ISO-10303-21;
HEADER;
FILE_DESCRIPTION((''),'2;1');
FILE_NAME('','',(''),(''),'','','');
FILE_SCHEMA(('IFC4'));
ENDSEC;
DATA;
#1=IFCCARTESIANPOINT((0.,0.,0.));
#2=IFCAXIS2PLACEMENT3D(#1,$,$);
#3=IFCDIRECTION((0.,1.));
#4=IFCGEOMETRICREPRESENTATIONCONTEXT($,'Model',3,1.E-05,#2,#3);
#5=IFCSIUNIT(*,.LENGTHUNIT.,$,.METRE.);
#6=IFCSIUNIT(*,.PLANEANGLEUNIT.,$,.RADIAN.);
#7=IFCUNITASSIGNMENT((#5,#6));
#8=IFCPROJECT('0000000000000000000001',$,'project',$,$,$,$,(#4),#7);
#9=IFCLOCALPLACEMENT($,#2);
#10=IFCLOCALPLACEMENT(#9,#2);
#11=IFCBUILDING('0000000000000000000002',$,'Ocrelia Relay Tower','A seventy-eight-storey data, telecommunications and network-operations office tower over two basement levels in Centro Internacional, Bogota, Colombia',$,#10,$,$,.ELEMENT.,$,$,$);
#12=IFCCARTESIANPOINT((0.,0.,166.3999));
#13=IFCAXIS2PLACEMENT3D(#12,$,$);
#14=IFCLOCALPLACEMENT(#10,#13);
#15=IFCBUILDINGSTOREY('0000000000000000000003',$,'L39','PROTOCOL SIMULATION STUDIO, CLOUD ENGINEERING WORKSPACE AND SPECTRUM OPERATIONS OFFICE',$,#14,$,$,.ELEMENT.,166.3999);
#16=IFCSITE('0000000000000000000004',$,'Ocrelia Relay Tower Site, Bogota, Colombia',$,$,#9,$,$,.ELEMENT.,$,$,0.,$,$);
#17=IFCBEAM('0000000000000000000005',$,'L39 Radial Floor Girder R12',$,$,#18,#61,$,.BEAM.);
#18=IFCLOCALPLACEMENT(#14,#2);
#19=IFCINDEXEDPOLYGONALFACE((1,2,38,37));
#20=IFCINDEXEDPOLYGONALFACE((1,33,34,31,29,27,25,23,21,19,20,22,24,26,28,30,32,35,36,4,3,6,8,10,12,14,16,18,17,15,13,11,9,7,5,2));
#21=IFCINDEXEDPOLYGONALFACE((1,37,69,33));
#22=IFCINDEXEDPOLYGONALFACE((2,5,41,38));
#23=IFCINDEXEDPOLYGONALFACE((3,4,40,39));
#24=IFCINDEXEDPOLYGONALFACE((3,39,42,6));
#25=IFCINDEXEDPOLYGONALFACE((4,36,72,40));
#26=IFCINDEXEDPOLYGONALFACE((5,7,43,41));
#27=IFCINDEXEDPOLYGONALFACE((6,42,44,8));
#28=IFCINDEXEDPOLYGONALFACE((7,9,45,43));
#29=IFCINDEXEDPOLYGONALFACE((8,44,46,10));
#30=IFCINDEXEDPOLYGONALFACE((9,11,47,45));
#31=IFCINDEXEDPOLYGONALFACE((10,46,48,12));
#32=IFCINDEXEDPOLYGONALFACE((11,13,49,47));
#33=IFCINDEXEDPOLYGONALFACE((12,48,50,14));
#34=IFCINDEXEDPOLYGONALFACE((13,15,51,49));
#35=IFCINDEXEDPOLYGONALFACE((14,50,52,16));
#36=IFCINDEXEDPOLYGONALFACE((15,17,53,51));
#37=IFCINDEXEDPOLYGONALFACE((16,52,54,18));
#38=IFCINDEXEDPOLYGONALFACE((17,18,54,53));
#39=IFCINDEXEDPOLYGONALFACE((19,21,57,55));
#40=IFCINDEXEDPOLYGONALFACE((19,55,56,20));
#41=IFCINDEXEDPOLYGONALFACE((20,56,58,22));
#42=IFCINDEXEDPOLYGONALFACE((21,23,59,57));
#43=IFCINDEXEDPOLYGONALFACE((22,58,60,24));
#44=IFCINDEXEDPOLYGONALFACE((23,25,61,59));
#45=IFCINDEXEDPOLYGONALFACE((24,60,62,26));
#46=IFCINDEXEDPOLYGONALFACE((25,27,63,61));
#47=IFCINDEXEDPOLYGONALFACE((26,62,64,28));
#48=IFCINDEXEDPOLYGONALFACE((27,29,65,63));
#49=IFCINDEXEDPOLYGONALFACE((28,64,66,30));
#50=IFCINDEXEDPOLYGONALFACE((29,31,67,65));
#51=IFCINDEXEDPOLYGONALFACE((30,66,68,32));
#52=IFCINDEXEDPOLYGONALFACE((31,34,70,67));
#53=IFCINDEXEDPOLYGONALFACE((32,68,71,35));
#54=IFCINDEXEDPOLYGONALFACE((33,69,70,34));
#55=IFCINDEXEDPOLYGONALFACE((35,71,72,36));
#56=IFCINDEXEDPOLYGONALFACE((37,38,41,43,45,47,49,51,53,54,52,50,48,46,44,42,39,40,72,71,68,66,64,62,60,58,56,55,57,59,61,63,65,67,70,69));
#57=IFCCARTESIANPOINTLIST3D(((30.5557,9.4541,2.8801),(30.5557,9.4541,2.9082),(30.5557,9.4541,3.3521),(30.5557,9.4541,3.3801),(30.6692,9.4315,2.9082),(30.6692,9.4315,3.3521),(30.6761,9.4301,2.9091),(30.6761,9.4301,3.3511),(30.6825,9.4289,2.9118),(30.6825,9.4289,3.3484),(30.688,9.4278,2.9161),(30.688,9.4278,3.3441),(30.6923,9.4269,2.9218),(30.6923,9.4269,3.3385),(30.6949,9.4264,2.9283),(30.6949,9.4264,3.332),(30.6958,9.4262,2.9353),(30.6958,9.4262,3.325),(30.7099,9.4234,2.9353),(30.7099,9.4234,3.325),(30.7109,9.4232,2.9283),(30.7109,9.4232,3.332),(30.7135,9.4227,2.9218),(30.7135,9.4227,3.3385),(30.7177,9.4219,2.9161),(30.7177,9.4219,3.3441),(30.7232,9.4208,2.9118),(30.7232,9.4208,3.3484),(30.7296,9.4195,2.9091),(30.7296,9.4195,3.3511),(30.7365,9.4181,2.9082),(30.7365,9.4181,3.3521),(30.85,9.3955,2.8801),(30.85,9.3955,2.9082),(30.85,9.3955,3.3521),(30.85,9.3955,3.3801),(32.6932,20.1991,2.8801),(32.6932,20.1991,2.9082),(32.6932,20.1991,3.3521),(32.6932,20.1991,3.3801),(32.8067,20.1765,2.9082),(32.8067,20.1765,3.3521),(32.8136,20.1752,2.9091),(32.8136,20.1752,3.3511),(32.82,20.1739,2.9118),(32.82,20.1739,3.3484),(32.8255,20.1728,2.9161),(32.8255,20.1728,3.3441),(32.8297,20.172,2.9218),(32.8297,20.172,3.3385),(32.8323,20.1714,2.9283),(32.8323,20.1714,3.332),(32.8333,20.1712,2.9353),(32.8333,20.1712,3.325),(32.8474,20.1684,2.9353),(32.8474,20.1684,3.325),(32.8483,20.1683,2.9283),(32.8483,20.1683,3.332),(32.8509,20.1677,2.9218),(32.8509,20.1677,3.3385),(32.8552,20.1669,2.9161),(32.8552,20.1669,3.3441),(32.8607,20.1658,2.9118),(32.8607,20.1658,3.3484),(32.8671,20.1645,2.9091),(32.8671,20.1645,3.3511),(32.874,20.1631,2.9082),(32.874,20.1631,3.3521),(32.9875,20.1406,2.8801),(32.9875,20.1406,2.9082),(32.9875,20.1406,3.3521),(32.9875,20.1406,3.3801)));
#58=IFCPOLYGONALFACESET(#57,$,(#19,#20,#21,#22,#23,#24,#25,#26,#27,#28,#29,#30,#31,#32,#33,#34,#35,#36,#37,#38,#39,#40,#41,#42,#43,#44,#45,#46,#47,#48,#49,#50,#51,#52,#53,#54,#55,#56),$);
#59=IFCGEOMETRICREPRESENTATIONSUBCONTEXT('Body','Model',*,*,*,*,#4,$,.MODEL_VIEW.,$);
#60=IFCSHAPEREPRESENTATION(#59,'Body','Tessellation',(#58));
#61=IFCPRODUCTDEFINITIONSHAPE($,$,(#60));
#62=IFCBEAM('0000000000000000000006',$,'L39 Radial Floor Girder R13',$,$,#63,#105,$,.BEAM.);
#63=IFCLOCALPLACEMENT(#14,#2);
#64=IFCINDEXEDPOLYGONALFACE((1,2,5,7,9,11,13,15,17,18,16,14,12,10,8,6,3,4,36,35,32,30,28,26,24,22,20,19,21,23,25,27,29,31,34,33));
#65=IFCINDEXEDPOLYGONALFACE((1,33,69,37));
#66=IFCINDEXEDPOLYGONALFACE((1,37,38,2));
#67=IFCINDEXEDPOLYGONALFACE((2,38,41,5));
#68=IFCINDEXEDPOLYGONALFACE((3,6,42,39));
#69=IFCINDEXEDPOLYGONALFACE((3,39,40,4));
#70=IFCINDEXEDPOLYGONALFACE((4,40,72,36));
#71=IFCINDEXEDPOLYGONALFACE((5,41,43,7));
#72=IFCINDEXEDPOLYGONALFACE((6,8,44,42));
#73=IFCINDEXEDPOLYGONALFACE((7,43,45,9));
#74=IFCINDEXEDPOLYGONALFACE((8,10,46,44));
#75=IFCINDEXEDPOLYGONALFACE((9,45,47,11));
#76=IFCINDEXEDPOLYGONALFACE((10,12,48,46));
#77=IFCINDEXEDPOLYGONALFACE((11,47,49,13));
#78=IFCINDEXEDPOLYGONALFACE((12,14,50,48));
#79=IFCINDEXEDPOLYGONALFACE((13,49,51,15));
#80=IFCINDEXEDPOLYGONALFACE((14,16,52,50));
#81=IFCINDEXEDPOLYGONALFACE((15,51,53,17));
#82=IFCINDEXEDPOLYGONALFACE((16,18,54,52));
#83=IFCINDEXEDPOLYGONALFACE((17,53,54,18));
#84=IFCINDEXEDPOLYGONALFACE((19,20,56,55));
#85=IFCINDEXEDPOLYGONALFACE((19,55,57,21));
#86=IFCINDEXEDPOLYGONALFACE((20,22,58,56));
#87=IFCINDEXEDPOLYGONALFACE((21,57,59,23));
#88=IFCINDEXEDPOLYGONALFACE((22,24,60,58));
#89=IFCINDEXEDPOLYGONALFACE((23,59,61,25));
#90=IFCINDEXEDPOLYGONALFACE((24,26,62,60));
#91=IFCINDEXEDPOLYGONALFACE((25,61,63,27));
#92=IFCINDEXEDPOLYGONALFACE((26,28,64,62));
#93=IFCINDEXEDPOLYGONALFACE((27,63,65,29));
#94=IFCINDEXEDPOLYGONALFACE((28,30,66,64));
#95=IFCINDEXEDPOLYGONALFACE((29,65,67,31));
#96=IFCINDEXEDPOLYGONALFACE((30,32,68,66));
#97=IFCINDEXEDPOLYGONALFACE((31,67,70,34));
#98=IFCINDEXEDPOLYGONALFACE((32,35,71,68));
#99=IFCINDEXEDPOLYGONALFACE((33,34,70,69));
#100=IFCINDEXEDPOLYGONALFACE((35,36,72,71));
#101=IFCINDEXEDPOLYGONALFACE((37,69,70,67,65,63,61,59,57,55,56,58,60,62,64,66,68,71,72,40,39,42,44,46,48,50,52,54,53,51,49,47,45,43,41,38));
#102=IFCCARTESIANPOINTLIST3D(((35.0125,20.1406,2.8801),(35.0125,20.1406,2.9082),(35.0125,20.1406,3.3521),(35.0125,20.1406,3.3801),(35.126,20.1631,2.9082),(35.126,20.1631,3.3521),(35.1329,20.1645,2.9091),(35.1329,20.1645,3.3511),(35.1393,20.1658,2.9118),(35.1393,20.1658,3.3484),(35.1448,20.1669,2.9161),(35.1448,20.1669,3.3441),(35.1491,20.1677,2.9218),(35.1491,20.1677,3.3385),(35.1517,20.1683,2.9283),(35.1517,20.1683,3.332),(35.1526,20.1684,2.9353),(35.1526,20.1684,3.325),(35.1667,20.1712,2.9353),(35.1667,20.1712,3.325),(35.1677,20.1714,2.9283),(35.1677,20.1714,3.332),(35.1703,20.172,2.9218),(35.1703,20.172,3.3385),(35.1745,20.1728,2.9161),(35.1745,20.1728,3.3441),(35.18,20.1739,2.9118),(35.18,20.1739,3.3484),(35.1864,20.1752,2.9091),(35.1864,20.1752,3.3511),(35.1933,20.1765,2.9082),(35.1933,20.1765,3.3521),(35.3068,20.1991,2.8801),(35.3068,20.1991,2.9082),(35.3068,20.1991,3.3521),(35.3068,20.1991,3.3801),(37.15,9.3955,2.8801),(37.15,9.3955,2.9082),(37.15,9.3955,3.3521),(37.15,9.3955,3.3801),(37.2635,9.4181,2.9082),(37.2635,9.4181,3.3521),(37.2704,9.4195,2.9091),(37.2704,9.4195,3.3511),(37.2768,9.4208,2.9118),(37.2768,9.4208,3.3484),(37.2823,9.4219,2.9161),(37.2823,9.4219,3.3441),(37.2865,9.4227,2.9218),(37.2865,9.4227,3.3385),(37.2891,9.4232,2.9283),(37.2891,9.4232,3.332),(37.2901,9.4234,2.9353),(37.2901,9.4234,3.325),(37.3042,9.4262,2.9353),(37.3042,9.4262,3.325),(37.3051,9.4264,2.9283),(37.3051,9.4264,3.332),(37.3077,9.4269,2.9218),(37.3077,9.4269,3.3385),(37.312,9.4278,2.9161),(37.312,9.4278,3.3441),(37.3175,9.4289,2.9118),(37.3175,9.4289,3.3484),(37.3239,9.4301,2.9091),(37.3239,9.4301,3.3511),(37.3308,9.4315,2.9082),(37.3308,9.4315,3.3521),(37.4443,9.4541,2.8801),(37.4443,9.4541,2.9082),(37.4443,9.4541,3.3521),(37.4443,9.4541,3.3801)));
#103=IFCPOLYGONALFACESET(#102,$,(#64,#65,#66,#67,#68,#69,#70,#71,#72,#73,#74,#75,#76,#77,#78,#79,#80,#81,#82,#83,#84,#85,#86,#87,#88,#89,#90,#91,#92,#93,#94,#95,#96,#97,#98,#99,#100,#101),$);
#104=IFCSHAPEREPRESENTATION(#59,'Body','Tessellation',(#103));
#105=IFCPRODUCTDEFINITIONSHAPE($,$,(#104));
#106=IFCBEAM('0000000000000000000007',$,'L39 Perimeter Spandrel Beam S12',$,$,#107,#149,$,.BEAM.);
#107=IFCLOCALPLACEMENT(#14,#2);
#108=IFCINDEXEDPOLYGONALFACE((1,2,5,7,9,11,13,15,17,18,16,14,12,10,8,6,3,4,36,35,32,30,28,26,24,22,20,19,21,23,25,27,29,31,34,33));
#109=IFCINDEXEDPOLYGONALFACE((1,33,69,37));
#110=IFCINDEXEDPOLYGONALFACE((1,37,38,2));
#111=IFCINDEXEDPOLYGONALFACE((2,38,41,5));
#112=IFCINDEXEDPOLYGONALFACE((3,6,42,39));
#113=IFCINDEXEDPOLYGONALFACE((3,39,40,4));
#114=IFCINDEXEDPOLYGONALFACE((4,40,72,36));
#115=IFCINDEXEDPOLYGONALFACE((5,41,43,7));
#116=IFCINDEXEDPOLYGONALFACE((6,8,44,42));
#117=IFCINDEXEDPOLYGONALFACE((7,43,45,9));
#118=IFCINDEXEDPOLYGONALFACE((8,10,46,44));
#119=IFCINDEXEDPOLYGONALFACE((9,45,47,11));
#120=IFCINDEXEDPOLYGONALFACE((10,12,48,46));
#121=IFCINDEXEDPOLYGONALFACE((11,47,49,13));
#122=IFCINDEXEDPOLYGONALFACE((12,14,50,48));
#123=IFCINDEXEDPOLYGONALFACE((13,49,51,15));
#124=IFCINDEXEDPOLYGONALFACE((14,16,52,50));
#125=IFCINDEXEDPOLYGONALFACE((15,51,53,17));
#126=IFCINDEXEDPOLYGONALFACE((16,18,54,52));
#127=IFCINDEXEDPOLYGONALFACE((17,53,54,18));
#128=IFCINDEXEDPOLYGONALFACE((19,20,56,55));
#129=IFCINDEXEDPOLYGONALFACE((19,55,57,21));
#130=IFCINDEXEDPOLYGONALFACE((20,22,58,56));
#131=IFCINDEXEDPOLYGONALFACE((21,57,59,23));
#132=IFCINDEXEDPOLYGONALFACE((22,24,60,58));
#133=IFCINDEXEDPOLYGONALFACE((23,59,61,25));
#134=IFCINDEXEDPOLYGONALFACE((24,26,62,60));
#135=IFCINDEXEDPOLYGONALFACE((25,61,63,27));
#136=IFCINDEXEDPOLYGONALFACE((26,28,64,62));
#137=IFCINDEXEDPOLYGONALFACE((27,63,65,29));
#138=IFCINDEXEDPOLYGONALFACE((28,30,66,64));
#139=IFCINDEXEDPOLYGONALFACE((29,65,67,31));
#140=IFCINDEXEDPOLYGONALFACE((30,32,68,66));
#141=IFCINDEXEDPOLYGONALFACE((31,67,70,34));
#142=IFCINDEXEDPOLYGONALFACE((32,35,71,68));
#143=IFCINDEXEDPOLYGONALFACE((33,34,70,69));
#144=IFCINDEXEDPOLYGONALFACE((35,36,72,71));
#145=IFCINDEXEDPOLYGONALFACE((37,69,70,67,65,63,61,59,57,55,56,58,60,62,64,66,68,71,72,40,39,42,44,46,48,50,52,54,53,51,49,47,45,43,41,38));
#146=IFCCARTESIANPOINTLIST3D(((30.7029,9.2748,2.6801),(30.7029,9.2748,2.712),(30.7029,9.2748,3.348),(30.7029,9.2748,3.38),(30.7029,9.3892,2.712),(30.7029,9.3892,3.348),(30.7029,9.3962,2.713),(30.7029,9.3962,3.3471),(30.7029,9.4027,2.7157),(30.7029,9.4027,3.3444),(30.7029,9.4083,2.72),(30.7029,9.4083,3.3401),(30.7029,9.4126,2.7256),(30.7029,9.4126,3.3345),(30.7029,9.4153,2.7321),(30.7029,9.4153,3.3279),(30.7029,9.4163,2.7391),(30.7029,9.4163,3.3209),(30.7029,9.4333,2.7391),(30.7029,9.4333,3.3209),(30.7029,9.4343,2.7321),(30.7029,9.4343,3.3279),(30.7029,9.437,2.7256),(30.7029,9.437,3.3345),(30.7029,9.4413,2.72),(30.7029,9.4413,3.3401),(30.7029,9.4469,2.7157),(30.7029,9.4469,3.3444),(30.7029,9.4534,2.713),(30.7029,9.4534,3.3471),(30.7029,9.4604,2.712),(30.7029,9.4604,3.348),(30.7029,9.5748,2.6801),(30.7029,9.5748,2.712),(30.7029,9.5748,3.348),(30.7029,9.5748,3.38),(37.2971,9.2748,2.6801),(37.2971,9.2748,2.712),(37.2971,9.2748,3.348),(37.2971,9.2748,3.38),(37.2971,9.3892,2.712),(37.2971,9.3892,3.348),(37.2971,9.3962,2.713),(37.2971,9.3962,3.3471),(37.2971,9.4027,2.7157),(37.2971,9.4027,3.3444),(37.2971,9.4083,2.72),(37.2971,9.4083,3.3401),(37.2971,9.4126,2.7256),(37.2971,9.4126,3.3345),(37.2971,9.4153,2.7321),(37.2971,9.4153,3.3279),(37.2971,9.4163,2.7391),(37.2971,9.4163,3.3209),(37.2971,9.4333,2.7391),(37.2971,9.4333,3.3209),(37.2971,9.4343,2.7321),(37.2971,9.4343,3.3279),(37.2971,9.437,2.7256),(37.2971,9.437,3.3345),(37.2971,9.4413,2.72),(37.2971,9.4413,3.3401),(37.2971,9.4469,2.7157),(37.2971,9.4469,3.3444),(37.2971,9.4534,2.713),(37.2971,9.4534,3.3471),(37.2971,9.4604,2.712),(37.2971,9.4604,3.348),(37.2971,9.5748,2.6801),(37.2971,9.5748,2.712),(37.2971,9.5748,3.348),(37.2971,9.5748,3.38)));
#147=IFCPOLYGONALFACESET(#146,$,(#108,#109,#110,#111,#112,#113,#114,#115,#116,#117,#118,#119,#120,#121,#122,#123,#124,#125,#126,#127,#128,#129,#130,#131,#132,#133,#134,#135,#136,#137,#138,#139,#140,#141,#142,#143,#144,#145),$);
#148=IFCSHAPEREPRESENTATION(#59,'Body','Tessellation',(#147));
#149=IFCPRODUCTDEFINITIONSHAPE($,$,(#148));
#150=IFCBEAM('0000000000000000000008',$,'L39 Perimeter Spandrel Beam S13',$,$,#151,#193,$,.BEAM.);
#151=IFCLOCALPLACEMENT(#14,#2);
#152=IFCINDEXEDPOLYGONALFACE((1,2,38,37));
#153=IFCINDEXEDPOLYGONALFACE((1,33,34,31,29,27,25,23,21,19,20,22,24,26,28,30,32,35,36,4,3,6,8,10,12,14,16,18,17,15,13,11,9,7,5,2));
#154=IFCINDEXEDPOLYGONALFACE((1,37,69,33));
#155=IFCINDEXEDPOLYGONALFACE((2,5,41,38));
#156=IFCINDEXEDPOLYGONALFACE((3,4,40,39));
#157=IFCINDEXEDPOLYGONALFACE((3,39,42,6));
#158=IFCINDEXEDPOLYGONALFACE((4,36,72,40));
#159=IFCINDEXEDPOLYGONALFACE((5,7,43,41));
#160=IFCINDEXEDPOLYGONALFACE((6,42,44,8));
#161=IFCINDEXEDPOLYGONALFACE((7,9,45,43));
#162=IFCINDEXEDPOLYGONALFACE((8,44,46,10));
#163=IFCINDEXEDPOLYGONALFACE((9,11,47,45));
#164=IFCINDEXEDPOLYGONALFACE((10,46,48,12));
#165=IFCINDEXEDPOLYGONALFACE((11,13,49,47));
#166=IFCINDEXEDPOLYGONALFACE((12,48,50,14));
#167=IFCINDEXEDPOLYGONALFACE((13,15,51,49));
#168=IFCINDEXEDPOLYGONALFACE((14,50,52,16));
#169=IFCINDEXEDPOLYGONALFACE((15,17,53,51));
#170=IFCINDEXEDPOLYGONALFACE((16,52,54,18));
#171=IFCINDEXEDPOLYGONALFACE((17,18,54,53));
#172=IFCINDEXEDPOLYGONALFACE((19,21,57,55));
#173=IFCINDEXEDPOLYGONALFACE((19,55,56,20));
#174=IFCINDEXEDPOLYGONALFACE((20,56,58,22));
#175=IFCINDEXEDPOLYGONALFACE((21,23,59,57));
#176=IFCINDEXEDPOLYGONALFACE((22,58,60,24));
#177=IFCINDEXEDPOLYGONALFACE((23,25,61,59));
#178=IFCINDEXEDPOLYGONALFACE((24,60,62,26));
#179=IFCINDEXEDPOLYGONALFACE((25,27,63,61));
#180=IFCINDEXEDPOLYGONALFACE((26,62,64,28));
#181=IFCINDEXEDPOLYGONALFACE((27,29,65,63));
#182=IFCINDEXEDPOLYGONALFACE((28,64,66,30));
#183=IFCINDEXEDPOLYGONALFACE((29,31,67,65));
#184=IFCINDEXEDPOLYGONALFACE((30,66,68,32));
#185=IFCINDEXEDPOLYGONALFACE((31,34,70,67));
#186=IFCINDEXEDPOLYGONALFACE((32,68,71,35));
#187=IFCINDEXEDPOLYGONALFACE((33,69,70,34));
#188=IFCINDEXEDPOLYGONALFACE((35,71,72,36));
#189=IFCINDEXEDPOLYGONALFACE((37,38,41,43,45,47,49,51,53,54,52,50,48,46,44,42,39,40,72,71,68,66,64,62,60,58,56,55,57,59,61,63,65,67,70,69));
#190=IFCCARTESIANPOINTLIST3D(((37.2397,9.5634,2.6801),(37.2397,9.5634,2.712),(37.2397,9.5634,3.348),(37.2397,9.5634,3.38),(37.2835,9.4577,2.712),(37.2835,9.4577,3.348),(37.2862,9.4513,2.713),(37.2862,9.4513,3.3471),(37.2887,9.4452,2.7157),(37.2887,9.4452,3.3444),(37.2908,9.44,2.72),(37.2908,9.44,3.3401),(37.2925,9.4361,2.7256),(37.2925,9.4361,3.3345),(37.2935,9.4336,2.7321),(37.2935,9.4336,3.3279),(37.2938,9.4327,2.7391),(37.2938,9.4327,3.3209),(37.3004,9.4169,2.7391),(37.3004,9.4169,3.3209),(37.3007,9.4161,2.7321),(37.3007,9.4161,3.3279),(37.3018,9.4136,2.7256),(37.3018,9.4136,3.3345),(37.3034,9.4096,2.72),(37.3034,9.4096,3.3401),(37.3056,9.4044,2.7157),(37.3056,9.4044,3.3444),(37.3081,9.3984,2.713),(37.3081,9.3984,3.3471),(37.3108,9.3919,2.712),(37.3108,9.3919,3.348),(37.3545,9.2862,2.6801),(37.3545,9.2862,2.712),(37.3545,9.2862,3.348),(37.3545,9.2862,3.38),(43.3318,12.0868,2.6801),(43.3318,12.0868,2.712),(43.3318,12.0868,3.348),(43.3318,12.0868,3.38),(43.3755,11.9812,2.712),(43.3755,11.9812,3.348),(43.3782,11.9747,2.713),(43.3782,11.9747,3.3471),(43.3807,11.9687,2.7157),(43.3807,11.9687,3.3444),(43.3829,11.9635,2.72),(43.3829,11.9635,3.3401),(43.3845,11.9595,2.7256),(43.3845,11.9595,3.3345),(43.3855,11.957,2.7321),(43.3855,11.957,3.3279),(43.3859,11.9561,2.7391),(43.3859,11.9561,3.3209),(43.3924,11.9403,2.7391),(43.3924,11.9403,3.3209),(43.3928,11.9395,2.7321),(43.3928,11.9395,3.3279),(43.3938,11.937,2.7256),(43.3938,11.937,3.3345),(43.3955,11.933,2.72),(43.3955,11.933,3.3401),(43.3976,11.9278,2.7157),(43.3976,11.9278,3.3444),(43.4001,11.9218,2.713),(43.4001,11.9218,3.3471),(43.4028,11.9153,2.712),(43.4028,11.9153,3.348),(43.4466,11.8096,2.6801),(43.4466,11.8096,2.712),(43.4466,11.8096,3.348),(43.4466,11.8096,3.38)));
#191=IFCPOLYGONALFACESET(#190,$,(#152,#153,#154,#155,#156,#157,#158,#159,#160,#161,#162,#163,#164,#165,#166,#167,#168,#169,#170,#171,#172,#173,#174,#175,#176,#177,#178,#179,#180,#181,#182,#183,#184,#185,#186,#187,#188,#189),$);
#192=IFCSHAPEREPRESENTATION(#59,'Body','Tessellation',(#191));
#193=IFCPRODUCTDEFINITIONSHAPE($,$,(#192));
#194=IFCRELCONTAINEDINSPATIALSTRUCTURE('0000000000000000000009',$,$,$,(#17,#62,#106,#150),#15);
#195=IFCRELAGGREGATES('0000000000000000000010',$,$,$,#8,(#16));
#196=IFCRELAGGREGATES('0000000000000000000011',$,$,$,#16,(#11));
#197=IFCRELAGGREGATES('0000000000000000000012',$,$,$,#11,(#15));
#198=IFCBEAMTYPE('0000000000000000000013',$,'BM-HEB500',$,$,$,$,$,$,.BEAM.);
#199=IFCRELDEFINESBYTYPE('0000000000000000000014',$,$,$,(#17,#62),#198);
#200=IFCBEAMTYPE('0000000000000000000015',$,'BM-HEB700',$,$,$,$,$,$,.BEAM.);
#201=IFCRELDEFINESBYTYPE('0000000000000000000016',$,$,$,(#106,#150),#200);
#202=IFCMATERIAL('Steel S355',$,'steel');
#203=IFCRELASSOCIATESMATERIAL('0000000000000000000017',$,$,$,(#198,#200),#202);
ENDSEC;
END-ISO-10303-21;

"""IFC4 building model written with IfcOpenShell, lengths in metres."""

from ifc_helpers import new_model, si_unit, direction, frame, origin, origin_2d, place, context, subcontext, project, spatial, i_section, extrude, material, material_profile, profile_set, type_object, element, save


model = new_model("IFC4")

# Units and contexts
model_context = context("Model", 3, precision=1e-05, world=origin(), true_north=direction((0.0, 1.0)))
body_context = subcontext(model_context, "Body", "Model", "MODEL_VIEW")
ifc_project = project(units=[si_unit("LENGTHUNIT", "METRE"), si_unit("PLANEANGLEUNIT", "RADIAN")], contexts=[model_context])

# Site, building, storey
site_placement = place(None, origin())
site = spatial("IfcSite", under=ifc_project, at=site_placement, Name="Ocrelia Relay Tower Site, Bogota, Colombia", CompositionType="ELEMENT", RefElevation=0.0)
building_placement = place(site_placement, origin())
building = spatial("IfcBuilding", under=site, at=building_placement, Name="Ocrelia Relay Tower", Description="A seventy-eight-storey data, telecommunications and network-operations office tower over two basement levels in Centro Internacional, Bogota, Colombia", CompositionType="ELEMENT")
storey_placement = place(building_placement, frame((0.0, 0.0, 166.3999)))
storey = spatial("IfcBuildingStorey", under=building, at=storey_placement, Name="L39", Description="PROTOCOL SIMULATION STUDIO, CLOUD ENGINEERING WORKSPACE AND SPECTRUM OPERATIONS OFFICE", CompositionType="ELEMENT", Elevation=166.3999)

# Beams
ifc_material_1 = material(Name="Steel S355", Category="steel")
ifc_material_profile_1 = material_profile(ifc_material_1, i_section(OverallWidth=0.3, OverallDepth=0.5, WebThickness=0.0144, FlangeThickness=0.0281, FilletRadius=0.0271, at=origin_2d()), Name="HEB 500")
ifc_profile_set_1 = profile_set([ifc_material_profile_1], Name="Steel S355")
beam_type_1 = type_object("IfcBeamType", Name="BM-HEB500", PredefinedType="BEAM", material=ifc_profile_set_1)
for number, where, z_axis, x_axis, name in (
    (1, (30.7029, 9.4248, 3.1301), (0.1951, 0.980783, 0.0), (-0.980783, 0.1951, 0.0), "L39 Radial Floor Girder R12"),
    (2, (37.2971, 9.4248, 3.1301), (-0.1951, 0.980783, 0.0), (-0.980783, -0.1951, 0.0), "L39 Radial Floor Girder R13"),
):
    element("IfcBeam", number, at=place(storey_placement, frame(where, z_axis=z_axis, x_axis=x_axis)), inside=storey, type_object=beam_type_1, Name=name, PredefinedType="BEAM", context=body_context, shape_type="SweptSolid", body=[
        extrude(i_section(OverallWidth=0.3, OverallDepth=0.5, WebThickness=0.0144, FlangeThickness=0.0281, FilletRadius=0.0271, at=origin_2d()), origin(), (0.0, 0.0, 1.0), 10.9556),
    ])
ifc_material_profile_2 = material_profile(ifc_material_1, i_section(OverallWidth=0.3, OverallDepth=0.7, WebThickness=0.0171, FlangeThickness=0.032, FilletRadius=0.0271, at=origin_2d()), Name="HEB 700")
ifc_profile_set_2 = profile_set([ifc_material_profile_2], Name="Steel S355")
beam_type_2 = type_object("IfcBeamType", Name="BM-HEB700", PredefinedType="BEAM", material=ifc_profile_set_2)
beam_1_placement = place(storey_placement, frame((30.7029, 9.4248, 3.03), z_axis=(1.0, 0.0, 0.0), x_axis=(0.0, 1.0, 0.0)))
element("IfcBeam", 3, at=beam_1_placement, inside=storey, type_object=beam_type_2, Name="L39 Perimeter Spandrel Beam S12", PredefinedType="BEAM", context=body_context, shape_type="SweptSolid", body=[
    extrude(i_section(OverallWidth=0.3, OverallDepth=0.7, WebThickness=0.0171, FlangeThickness=0.032, FilletRadius=0.0271, at=origin_2d()), origin(), (0.0, 0.0, 1.0), 6.5942),
])
beam_2_placement = place(storey_placement, frame((37.2971, 9.4248, 3.03), z_axis=(0.923878, 0.382688, 0.0), x_axis=(-0.382688, 0.923878, 0.0)))
element("IfcBeam", 4, at=beam_2_placement, inside=storey, type_object=beam_type_2, Name="L39 Perimeter Spandrel Beam S13", PredefinedType="BEAM", context=body_context, shape_type="SweptSolid", body=[
    extrude(i_section(OverallWidth=0.3, OverallDepth=0.7, WebThickness=0.0171, FlangeThickness=0.032, FilletRadius=0.0271, at=origin_2d()), origin(), (0.0, 0.0, 1.0), 6.594),
])

save(model, "model.ifc")
